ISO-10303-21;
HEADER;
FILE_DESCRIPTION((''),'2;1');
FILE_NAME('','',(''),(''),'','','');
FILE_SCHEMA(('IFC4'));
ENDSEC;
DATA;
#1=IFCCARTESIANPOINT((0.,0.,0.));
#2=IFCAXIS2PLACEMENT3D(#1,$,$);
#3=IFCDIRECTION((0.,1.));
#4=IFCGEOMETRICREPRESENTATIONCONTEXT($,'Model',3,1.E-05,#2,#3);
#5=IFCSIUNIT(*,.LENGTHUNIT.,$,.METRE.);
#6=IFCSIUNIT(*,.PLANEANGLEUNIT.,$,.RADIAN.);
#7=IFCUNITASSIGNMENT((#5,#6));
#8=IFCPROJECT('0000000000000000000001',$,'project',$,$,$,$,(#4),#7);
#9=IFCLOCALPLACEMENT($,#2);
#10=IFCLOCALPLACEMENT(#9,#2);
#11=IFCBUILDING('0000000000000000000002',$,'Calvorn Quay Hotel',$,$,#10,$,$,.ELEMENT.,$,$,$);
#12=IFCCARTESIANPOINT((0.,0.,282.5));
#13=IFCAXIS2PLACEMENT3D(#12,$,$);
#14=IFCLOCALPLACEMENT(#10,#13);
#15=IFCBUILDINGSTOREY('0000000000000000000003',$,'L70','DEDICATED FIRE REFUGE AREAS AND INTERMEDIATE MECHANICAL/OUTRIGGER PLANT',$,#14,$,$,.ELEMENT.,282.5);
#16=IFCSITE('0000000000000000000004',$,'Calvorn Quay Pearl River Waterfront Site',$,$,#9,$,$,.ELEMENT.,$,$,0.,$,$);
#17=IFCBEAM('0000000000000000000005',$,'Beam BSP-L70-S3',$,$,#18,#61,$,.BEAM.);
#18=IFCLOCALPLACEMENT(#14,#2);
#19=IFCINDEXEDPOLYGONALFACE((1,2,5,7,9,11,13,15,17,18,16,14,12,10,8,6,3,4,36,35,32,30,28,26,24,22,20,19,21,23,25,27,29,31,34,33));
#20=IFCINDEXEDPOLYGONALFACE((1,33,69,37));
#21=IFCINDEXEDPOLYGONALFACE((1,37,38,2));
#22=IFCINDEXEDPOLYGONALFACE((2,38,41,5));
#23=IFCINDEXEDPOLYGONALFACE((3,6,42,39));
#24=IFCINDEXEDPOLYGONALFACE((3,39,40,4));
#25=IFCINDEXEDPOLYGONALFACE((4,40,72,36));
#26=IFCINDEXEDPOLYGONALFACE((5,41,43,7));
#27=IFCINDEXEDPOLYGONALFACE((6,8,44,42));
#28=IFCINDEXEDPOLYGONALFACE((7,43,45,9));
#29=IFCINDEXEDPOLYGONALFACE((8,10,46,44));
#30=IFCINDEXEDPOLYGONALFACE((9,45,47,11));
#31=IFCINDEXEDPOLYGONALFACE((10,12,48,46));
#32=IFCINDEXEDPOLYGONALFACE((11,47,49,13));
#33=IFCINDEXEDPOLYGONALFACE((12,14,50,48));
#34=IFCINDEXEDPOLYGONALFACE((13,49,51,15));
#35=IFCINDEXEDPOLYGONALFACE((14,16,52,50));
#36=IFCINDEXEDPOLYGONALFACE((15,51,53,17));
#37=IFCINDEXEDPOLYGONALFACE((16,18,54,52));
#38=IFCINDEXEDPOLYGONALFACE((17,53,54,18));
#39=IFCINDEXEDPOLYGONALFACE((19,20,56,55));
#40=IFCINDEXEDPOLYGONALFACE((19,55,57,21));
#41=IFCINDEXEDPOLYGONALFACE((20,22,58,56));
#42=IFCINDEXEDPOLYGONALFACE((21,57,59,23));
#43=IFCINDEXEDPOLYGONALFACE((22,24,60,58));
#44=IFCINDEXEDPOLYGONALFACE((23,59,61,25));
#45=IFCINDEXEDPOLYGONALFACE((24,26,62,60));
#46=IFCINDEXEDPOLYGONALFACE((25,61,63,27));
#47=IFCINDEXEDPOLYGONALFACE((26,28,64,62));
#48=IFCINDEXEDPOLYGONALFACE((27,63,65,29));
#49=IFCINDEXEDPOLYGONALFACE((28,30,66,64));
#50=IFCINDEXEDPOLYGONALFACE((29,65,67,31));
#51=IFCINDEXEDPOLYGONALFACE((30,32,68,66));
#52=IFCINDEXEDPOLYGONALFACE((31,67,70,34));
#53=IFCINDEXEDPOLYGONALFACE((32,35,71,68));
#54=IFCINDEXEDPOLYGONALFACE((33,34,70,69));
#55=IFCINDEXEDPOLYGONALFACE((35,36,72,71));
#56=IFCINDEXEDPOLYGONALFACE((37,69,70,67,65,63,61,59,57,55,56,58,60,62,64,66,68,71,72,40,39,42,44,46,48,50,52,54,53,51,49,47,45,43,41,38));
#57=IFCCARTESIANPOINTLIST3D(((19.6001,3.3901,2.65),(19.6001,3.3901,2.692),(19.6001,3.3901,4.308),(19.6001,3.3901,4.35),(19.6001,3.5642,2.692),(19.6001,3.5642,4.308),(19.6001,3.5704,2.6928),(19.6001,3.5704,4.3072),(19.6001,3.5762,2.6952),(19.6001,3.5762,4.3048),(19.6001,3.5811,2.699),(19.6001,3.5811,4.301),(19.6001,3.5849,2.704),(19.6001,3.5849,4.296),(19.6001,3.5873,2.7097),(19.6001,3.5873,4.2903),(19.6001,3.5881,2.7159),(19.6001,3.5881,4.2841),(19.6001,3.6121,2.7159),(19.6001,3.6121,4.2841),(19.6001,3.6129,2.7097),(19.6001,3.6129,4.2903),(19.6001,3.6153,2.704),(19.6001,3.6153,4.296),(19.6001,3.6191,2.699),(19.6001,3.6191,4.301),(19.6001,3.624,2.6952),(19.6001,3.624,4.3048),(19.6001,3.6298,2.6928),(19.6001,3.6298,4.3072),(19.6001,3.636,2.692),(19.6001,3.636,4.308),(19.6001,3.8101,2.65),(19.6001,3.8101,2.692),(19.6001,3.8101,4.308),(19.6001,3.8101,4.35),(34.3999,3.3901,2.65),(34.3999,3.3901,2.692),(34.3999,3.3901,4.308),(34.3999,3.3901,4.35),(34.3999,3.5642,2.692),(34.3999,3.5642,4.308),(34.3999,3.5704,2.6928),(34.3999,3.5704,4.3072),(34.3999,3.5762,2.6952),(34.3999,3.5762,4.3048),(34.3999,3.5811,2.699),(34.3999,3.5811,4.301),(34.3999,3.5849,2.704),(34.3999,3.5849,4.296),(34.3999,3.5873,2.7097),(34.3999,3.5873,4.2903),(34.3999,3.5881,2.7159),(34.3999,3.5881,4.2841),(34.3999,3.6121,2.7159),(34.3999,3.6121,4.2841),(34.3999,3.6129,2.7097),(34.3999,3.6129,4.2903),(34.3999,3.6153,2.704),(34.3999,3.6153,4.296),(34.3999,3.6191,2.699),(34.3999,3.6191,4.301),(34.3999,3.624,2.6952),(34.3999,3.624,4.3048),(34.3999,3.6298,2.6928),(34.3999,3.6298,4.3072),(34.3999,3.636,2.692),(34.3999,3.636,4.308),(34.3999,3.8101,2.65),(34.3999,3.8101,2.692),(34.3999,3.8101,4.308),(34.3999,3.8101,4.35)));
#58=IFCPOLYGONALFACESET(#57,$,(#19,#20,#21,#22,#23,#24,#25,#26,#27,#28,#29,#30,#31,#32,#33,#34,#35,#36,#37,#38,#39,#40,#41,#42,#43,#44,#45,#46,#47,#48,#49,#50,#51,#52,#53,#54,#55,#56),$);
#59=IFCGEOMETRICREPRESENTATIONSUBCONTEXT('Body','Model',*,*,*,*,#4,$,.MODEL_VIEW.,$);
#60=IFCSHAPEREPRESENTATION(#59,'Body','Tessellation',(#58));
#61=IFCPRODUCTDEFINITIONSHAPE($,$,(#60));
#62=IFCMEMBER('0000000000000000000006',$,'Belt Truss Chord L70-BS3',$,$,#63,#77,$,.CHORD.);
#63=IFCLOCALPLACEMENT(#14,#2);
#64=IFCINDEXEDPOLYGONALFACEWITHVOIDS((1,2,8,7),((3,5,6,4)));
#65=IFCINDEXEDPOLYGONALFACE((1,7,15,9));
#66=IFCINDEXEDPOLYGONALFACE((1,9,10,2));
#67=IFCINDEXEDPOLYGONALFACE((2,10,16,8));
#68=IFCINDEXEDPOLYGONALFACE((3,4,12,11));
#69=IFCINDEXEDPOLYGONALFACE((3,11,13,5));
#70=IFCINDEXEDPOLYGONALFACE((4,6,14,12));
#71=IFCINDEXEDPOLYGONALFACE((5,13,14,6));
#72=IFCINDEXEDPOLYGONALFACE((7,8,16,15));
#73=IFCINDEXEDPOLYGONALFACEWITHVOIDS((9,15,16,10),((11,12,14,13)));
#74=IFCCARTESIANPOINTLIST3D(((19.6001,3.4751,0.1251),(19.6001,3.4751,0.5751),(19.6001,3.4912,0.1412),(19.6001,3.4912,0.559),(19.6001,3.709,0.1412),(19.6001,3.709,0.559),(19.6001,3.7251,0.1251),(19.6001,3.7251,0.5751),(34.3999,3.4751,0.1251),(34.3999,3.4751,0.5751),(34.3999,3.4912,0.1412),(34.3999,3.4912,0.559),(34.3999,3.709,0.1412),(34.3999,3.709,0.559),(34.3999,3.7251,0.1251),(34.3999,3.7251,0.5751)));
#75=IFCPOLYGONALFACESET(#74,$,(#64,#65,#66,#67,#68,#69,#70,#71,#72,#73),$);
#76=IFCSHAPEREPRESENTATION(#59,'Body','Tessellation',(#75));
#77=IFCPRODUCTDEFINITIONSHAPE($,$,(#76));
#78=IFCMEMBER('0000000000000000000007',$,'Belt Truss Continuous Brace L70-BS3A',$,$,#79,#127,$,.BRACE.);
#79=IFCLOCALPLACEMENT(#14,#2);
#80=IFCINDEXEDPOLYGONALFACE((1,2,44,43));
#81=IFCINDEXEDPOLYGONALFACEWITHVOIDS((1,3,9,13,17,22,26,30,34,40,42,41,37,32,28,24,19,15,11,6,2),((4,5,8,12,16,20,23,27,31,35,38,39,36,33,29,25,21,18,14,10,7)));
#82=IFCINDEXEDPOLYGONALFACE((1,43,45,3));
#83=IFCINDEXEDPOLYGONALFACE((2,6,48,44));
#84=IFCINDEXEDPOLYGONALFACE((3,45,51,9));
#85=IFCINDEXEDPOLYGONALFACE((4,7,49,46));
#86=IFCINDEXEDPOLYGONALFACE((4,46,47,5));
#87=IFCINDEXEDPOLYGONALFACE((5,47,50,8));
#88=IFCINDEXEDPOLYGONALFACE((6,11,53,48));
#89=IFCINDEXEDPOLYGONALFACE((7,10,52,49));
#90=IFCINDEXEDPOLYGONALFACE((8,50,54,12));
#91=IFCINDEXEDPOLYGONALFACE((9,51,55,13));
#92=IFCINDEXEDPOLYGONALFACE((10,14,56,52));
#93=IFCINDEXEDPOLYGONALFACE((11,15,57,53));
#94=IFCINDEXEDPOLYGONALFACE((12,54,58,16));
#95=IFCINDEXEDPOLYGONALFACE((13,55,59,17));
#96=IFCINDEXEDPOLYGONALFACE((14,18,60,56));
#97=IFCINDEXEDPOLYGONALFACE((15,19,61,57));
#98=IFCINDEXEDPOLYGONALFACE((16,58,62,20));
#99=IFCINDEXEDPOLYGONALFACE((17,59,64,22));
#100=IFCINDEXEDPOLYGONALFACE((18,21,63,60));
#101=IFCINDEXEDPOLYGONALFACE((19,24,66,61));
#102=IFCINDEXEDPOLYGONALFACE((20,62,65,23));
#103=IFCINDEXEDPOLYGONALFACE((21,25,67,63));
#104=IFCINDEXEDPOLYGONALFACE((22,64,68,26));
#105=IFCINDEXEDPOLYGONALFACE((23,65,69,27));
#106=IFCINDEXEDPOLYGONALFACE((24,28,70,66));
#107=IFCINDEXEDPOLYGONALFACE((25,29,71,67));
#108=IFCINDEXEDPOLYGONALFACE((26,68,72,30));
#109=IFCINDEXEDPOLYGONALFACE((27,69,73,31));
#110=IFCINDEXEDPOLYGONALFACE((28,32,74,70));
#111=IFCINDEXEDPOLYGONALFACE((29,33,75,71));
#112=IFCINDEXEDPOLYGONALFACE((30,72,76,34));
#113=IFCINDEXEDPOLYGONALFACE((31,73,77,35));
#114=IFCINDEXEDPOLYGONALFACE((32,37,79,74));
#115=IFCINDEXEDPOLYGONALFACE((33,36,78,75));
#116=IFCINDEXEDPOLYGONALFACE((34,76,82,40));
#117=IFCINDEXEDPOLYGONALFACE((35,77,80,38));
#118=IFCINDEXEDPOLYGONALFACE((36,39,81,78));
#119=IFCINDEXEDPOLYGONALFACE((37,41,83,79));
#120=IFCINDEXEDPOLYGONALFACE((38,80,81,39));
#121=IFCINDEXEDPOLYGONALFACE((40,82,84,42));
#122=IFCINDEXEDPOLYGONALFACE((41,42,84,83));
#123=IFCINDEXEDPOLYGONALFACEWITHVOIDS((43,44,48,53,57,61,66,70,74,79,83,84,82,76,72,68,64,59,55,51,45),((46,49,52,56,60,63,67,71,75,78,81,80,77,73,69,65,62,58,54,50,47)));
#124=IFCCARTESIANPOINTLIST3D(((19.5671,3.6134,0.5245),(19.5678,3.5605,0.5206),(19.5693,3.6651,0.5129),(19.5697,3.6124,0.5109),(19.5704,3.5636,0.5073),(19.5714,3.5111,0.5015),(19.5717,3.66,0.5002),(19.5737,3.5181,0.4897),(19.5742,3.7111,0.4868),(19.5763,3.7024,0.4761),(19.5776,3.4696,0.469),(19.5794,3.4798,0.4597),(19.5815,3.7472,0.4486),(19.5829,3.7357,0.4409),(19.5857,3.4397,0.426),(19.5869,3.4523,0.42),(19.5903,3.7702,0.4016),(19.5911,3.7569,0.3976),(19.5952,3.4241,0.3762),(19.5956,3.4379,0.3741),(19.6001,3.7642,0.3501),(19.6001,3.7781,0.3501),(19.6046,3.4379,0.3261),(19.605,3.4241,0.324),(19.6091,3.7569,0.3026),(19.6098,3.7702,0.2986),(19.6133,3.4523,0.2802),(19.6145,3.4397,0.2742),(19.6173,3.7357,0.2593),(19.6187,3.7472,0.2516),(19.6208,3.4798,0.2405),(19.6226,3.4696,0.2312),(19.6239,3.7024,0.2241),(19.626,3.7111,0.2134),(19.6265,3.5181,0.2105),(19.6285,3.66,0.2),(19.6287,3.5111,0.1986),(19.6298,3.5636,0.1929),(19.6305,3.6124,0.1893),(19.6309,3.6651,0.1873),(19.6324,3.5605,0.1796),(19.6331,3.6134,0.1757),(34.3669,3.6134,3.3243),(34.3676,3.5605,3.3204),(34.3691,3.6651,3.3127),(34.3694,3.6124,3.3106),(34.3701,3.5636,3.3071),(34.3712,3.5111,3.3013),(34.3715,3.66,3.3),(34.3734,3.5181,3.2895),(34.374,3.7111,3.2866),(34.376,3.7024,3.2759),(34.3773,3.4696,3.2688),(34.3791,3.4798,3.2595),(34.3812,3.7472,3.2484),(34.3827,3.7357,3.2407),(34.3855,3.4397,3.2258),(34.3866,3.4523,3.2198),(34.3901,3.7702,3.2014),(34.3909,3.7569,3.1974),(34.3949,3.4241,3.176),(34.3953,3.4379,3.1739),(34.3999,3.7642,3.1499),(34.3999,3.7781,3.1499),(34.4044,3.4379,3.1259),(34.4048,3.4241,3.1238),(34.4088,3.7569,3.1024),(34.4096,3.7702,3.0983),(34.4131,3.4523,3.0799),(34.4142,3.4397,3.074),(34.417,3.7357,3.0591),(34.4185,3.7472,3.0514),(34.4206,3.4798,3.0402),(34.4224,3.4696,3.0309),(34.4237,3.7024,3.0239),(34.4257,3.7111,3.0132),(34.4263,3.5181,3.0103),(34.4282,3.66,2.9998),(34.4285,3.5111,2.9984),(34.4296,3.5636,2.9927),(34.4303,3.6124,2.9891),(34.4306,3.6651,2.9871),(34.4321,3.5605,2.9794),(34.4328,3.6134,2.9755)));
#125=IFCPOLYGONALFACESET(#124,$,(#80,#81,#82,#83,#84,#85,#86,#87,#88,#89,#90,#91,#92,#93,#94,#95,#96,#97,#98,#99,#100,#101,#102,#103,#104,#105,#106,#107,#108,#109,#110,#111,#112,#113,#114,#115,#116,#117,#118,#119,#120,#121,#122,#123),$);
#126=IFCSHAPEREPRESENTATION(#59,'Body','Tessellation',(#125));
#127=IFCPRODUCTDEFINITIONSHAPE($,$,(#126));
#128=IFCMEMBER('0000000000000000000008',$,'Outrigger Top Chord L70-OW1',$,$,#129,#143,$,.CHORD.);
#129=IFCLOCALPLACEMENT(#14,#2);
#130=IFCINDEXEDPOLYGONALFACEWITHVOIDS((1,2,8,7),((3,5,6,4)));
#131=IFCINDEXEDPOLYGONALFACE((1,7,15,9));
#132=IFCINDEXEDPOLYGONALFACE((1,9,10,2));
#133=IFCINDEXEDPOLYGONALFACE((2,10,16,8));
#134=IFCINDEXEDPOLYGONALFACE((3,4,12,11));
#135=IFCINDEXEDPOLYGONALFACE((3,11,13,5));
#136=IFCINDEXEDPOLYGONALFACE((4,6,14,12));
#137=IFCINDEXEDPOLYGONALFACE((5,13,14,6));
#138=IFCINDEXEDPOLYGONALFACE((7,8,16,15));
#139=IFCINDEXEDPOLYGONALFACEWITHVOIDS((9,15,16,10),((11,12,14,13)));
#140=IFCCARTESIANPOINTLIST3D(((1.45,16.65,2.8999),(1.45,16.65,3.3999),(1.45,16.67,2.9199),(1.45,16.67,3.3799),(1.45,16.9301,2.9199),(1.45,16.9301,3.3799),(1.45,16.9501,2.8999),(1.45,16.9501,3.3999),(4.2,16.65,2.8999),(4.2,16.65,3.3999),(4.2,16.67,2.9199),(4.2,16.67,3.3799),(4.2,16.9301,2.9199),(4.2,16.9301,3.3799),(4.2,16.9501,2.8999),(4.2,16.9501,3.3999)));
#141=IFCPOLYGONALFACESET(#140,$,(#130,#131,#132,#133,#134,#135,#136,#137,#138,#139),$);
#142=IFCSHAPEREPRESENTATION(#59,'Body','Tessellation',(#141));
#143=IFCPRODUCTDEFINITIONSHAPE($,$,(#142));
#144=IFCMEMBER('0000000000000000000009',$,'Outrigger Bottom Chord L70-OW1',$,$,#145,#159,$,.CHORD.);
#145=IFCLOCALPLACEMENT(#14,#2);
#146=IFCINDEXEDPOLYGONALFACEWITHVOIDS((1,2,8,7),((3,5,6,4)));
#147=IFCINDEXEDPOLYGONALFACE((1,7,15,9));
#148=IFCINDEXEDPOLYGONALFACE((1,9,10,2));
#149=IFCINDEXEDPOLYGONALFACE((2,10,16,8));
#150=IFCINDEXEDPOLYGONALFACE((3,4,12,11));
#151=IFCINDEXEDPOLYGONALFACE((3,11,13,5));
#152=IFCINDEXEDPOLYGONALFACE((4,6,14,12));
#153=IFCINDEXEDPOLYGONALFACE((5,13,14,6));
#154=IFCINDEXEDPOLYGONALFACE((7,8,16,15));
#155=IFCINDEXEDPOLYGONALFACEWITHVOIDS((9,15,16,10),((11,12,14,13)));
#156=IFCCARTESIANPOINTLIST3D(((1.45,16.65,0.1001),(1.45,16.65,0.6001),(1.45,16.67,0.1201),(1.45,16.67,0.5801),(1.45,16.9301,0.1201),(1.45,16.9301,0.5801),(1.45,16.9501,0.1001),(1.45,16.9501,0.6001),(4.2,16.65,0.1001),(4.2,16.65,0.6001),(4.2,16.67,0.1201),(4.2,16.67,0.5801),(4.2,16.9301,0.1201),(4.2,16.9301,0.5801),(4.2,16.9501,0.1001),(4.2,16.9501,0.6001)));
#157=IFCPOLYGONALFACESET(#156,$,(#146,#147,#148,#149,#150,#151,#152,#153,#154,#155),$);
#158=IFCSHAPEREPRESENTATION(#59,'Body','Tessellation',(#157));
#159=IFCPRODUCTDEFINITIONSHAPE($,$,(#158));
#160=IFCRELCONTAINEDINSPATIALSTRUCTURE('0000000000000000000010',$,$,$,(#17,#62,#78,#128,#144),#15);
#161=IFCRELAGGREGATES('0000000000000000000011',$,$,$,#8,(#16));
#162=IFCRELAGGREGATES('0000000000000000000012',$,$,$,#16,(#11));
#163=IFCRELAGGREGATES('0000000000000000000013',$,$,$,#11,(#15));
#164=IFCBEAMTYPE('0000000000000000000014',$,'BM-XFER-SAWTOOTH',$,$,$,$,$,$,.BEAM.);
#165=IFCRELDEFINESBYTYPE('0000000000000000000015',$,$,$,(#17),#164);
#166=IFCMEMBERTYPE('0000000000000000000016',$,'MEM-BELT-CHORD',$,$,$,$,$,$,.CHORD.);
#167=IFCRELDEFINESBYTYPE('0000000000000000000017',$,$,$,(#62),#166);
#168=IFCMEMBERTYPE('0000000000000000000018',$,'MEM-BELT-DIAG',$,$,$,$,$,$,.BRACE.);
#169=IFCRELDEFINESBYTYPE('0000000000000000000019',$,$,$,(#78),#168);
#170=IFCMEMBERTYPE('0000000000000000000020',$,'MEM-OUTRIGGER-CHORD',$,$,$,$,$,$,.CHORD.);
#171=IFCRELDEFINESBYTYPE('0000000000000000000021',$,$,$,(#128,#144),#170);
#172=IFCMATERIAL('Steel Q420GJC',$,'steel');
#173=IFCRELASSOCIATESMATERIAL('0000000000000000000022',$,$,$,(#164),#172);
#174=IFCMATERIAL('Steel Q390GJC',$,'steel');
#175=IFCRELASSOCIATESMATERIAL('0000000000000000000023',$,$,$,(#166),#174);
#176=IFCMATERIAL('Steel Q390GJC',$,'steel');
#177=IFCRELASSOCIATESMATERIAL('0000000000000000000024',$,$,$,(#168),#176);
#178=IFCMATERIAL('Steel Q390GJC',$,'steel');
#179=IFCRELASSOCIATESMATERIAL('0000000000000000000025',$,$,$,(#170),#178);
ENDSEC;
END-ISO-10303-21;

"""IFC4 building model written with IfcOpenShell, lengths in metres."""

from ifc_helpers import new_model, si_unit, direction, frame, origin, origin_2d, place, context, subcontext, project, spatial, hollow_rectangle, hollow_circle, i_section, extrude, material, material_profile, profile_set, type_object, element, save


model = new_model("IFC4")

# Units and contexts
model_context = context("Model", 3, precision=1e-05, world=origin(), true_north=direction((0.0, 1.0)))
body_context = subcontext(model_context, "Body", "Model", "MODEL_VIEW")
ifc_project = project(units=[si_unit("LENGTHUNIT", "METRE"), si_unit("PLANEANGLEUNIT", "RADIAN")], contexts=[model_context])

# Site, building, storey
site_placement = place(None, origin())
site = spatial("IfcSite", under=ifc_project, at=site_placement, Name="Calvorn Quay Pearl River Waterfront Site", CompositionType="ELEMENT", RefElevation=0.0)
building_placement = place(site_placement, origin())
building = spatial("IfcBuilding", under=site, at=building_placement, Name="Calvorn Quay Hotel", CompositionType="ELEMENT")
storey_placement = place(building_placement, frame((0.0, 0.0, 282.5)))
storey = spatial("IfcBuildingStorey", under=building, at=storey_placement, Name="L70", Description="DEDICATED FIRE REFUGE AREAS AND INTERMEDIATE MECHANICAL/OUTRIGGER PLANT", CompositionType="ELEMENT", Elevation=282.5)

# Beam
ifc_material_1 = material(Name="Steel Q420GJC", Category="steel")
ifc_material_profile_1 = material_profile(ifc_material_1, i_section(OverallWidth=0.4199, OverallDepth=1.7, WebThickness=0.0239, FlangeThickness=0.042, FilletRadius=0.0239, at=origin_2d()), Name="HN1700x420x24x42")
ifc_profile_set_1 = profile_set([ifc_material_profile_1], Name="Steel Q420GJC")
beam_type_1 = type_object("IfcBeamType", Name="BM-XFER-SAWTOOTH", PredefinedType="BEAM", material=ifc_profile_set_1)
beam_1_placement = place(storey_placement, frame((19.6001, 3.6001, 3.5), z_axis=(1.0, 0.0, 0.0), x_axis=(0.0, 1.0, 0.0)))
element("IfcBeam", 1, at=beam_1_placement, inside=storey, type_object=beam_type_1, Name="Beam BSP-L70-S3", PredefinedType="BEAM", context=body_context, shape_type="SweptSolid", body=[
    extrude(i_section(OverallWidth=0.4199, OverallDepth=1.7, WebThickness=0.0239, FlangeThickness=0.042, FilletRadius=0.0239, at=origin_2d()), origin(), (0.0, 0.0, 1.0), 14.7998),
])

# Members
ifc_material_2 = material(Name="Steel Q390GJC", Category="steel")
ifc_material_profile_2 = material_profile(ifc_material_2, hollow_rectangle(XDim=0.25, YDim=0.45, WallThickness=0.0161, at=origin_2d()), Name="RHS450x250x16")
ifc_profile_set_2 = profile_set([ifc_material_profile_2], Name="Steel Q390GJC")
member_type_1 = type_object("IfcMemberType", Name="MEM-BELT-CHORD", PredefinedType="CHORD", material=ifc_profile_set_2)
member_1_placement = place(storey_placement, frame((19.6001, 3.6001, 0.3501), z_axis=(1.0, 0.0, 0.0), x_axis=(0.0, 1.0, 0.0)))
element("IfcMember", 2, at=member_1_placement, inside=storey, type_object=member_type_1, Name="Belt Truss Chord L70-BS3", PredefinedType="CHORD", context=body_context, shape_type="SweptSolid", body=[
    extrude(hollow_rectangle(XDim=0.25, YDim=0.45, WallThickness=0.0161, at=origin_2d()), origin(), (0.0, 0.0, 1.0), 14.7998),
])
ifc_material_3 = material(Name="Steel Q390GJC", Category="steel")
ifc_material_profile_3 = material_profile(ifc_material_3, hollow_circle(Radius=0.178, WallThickness=0.0139, at=origin_2d()), Name="CHS356x14")
ifc_profile_set_3 = profile_set([ifc_material_profile_3], Name="Steel Q390GJC")
member_type_2 = type_object("IfcMemberType", Name="MEM-BELT-DIAG", PredefinedType="BRACE", material=ifc_profile_set_3)
member_2_placement = place(storey_placement, frame((19.6001, 3.6001, 0.3501), z_axis=(0.982572, 0.0, 0.185882), x_axis=(0.0, 1.0, 0.0)))
element("IfcMember", 3, at=member_2_placement, inside=storey, type_object=member_type_2, Name="Belt Truss Continuous Brace L70-BS3A", PredefinedType="BRACE", context=body_context, shape_type="SweptSolid", body=[
    extrude(hollow_circle(Radius=0.178, WallThickness=0.0139, at=origin_2d()), origin(), (0.0, 0.0, 1.0), 15.0623),
])
ifc_material_4 = material(Name="Steel Q390GJC", Category="steel")
ifc_material_profile_4 = material_profile(ifc_material_4, hollow_rectangle(XDim=0.3, YDim=0.5, WallThickness=0.02, at=origin_2d()), Name="RHS500x300x20")
ifc_profile_set_4 = profile_set([ifc_material_profile_4], Name="Steel Q390GJC")
member_type_3 = type_object("IfcMemberType", Name="MEM-OUTRIGGER-CHORD", PredefinedType="CHORD", material=ifc_profile_set_4)
for number, where, z_axis, x_axis, name in (
    (4, (4.2, 16.8, 3.1499), (-1.0, 0.0, 0.0), (0.0, -1.0, 0.0), "Outrigger Top Chord L70-OW1"),
    (5, (4.2, 16.8, 0.3501), (-1.0, 0.0, 0.0), (0.0, -1.0, 0.0), "Outrigger Bottom Chord L70-OW1"),
):
    element("IfcMember", number, at=place(storey_placement, frame(where, z_axis=z_axis, x_axis=x_axis)), inside=storey, type_object=member_type_3, Name=name, PredefinedType="CHORD", context=body_context, shape_type="SweptSolid", body=[
        extrude(hollow_rectangle(XDim=0.3, YDim=0.5, WallThickness=0.02, at=origin_2d()), origin(), (0.0, 0.0, 1.0), 2.75),
    ])

save(model, "model.ifc")
